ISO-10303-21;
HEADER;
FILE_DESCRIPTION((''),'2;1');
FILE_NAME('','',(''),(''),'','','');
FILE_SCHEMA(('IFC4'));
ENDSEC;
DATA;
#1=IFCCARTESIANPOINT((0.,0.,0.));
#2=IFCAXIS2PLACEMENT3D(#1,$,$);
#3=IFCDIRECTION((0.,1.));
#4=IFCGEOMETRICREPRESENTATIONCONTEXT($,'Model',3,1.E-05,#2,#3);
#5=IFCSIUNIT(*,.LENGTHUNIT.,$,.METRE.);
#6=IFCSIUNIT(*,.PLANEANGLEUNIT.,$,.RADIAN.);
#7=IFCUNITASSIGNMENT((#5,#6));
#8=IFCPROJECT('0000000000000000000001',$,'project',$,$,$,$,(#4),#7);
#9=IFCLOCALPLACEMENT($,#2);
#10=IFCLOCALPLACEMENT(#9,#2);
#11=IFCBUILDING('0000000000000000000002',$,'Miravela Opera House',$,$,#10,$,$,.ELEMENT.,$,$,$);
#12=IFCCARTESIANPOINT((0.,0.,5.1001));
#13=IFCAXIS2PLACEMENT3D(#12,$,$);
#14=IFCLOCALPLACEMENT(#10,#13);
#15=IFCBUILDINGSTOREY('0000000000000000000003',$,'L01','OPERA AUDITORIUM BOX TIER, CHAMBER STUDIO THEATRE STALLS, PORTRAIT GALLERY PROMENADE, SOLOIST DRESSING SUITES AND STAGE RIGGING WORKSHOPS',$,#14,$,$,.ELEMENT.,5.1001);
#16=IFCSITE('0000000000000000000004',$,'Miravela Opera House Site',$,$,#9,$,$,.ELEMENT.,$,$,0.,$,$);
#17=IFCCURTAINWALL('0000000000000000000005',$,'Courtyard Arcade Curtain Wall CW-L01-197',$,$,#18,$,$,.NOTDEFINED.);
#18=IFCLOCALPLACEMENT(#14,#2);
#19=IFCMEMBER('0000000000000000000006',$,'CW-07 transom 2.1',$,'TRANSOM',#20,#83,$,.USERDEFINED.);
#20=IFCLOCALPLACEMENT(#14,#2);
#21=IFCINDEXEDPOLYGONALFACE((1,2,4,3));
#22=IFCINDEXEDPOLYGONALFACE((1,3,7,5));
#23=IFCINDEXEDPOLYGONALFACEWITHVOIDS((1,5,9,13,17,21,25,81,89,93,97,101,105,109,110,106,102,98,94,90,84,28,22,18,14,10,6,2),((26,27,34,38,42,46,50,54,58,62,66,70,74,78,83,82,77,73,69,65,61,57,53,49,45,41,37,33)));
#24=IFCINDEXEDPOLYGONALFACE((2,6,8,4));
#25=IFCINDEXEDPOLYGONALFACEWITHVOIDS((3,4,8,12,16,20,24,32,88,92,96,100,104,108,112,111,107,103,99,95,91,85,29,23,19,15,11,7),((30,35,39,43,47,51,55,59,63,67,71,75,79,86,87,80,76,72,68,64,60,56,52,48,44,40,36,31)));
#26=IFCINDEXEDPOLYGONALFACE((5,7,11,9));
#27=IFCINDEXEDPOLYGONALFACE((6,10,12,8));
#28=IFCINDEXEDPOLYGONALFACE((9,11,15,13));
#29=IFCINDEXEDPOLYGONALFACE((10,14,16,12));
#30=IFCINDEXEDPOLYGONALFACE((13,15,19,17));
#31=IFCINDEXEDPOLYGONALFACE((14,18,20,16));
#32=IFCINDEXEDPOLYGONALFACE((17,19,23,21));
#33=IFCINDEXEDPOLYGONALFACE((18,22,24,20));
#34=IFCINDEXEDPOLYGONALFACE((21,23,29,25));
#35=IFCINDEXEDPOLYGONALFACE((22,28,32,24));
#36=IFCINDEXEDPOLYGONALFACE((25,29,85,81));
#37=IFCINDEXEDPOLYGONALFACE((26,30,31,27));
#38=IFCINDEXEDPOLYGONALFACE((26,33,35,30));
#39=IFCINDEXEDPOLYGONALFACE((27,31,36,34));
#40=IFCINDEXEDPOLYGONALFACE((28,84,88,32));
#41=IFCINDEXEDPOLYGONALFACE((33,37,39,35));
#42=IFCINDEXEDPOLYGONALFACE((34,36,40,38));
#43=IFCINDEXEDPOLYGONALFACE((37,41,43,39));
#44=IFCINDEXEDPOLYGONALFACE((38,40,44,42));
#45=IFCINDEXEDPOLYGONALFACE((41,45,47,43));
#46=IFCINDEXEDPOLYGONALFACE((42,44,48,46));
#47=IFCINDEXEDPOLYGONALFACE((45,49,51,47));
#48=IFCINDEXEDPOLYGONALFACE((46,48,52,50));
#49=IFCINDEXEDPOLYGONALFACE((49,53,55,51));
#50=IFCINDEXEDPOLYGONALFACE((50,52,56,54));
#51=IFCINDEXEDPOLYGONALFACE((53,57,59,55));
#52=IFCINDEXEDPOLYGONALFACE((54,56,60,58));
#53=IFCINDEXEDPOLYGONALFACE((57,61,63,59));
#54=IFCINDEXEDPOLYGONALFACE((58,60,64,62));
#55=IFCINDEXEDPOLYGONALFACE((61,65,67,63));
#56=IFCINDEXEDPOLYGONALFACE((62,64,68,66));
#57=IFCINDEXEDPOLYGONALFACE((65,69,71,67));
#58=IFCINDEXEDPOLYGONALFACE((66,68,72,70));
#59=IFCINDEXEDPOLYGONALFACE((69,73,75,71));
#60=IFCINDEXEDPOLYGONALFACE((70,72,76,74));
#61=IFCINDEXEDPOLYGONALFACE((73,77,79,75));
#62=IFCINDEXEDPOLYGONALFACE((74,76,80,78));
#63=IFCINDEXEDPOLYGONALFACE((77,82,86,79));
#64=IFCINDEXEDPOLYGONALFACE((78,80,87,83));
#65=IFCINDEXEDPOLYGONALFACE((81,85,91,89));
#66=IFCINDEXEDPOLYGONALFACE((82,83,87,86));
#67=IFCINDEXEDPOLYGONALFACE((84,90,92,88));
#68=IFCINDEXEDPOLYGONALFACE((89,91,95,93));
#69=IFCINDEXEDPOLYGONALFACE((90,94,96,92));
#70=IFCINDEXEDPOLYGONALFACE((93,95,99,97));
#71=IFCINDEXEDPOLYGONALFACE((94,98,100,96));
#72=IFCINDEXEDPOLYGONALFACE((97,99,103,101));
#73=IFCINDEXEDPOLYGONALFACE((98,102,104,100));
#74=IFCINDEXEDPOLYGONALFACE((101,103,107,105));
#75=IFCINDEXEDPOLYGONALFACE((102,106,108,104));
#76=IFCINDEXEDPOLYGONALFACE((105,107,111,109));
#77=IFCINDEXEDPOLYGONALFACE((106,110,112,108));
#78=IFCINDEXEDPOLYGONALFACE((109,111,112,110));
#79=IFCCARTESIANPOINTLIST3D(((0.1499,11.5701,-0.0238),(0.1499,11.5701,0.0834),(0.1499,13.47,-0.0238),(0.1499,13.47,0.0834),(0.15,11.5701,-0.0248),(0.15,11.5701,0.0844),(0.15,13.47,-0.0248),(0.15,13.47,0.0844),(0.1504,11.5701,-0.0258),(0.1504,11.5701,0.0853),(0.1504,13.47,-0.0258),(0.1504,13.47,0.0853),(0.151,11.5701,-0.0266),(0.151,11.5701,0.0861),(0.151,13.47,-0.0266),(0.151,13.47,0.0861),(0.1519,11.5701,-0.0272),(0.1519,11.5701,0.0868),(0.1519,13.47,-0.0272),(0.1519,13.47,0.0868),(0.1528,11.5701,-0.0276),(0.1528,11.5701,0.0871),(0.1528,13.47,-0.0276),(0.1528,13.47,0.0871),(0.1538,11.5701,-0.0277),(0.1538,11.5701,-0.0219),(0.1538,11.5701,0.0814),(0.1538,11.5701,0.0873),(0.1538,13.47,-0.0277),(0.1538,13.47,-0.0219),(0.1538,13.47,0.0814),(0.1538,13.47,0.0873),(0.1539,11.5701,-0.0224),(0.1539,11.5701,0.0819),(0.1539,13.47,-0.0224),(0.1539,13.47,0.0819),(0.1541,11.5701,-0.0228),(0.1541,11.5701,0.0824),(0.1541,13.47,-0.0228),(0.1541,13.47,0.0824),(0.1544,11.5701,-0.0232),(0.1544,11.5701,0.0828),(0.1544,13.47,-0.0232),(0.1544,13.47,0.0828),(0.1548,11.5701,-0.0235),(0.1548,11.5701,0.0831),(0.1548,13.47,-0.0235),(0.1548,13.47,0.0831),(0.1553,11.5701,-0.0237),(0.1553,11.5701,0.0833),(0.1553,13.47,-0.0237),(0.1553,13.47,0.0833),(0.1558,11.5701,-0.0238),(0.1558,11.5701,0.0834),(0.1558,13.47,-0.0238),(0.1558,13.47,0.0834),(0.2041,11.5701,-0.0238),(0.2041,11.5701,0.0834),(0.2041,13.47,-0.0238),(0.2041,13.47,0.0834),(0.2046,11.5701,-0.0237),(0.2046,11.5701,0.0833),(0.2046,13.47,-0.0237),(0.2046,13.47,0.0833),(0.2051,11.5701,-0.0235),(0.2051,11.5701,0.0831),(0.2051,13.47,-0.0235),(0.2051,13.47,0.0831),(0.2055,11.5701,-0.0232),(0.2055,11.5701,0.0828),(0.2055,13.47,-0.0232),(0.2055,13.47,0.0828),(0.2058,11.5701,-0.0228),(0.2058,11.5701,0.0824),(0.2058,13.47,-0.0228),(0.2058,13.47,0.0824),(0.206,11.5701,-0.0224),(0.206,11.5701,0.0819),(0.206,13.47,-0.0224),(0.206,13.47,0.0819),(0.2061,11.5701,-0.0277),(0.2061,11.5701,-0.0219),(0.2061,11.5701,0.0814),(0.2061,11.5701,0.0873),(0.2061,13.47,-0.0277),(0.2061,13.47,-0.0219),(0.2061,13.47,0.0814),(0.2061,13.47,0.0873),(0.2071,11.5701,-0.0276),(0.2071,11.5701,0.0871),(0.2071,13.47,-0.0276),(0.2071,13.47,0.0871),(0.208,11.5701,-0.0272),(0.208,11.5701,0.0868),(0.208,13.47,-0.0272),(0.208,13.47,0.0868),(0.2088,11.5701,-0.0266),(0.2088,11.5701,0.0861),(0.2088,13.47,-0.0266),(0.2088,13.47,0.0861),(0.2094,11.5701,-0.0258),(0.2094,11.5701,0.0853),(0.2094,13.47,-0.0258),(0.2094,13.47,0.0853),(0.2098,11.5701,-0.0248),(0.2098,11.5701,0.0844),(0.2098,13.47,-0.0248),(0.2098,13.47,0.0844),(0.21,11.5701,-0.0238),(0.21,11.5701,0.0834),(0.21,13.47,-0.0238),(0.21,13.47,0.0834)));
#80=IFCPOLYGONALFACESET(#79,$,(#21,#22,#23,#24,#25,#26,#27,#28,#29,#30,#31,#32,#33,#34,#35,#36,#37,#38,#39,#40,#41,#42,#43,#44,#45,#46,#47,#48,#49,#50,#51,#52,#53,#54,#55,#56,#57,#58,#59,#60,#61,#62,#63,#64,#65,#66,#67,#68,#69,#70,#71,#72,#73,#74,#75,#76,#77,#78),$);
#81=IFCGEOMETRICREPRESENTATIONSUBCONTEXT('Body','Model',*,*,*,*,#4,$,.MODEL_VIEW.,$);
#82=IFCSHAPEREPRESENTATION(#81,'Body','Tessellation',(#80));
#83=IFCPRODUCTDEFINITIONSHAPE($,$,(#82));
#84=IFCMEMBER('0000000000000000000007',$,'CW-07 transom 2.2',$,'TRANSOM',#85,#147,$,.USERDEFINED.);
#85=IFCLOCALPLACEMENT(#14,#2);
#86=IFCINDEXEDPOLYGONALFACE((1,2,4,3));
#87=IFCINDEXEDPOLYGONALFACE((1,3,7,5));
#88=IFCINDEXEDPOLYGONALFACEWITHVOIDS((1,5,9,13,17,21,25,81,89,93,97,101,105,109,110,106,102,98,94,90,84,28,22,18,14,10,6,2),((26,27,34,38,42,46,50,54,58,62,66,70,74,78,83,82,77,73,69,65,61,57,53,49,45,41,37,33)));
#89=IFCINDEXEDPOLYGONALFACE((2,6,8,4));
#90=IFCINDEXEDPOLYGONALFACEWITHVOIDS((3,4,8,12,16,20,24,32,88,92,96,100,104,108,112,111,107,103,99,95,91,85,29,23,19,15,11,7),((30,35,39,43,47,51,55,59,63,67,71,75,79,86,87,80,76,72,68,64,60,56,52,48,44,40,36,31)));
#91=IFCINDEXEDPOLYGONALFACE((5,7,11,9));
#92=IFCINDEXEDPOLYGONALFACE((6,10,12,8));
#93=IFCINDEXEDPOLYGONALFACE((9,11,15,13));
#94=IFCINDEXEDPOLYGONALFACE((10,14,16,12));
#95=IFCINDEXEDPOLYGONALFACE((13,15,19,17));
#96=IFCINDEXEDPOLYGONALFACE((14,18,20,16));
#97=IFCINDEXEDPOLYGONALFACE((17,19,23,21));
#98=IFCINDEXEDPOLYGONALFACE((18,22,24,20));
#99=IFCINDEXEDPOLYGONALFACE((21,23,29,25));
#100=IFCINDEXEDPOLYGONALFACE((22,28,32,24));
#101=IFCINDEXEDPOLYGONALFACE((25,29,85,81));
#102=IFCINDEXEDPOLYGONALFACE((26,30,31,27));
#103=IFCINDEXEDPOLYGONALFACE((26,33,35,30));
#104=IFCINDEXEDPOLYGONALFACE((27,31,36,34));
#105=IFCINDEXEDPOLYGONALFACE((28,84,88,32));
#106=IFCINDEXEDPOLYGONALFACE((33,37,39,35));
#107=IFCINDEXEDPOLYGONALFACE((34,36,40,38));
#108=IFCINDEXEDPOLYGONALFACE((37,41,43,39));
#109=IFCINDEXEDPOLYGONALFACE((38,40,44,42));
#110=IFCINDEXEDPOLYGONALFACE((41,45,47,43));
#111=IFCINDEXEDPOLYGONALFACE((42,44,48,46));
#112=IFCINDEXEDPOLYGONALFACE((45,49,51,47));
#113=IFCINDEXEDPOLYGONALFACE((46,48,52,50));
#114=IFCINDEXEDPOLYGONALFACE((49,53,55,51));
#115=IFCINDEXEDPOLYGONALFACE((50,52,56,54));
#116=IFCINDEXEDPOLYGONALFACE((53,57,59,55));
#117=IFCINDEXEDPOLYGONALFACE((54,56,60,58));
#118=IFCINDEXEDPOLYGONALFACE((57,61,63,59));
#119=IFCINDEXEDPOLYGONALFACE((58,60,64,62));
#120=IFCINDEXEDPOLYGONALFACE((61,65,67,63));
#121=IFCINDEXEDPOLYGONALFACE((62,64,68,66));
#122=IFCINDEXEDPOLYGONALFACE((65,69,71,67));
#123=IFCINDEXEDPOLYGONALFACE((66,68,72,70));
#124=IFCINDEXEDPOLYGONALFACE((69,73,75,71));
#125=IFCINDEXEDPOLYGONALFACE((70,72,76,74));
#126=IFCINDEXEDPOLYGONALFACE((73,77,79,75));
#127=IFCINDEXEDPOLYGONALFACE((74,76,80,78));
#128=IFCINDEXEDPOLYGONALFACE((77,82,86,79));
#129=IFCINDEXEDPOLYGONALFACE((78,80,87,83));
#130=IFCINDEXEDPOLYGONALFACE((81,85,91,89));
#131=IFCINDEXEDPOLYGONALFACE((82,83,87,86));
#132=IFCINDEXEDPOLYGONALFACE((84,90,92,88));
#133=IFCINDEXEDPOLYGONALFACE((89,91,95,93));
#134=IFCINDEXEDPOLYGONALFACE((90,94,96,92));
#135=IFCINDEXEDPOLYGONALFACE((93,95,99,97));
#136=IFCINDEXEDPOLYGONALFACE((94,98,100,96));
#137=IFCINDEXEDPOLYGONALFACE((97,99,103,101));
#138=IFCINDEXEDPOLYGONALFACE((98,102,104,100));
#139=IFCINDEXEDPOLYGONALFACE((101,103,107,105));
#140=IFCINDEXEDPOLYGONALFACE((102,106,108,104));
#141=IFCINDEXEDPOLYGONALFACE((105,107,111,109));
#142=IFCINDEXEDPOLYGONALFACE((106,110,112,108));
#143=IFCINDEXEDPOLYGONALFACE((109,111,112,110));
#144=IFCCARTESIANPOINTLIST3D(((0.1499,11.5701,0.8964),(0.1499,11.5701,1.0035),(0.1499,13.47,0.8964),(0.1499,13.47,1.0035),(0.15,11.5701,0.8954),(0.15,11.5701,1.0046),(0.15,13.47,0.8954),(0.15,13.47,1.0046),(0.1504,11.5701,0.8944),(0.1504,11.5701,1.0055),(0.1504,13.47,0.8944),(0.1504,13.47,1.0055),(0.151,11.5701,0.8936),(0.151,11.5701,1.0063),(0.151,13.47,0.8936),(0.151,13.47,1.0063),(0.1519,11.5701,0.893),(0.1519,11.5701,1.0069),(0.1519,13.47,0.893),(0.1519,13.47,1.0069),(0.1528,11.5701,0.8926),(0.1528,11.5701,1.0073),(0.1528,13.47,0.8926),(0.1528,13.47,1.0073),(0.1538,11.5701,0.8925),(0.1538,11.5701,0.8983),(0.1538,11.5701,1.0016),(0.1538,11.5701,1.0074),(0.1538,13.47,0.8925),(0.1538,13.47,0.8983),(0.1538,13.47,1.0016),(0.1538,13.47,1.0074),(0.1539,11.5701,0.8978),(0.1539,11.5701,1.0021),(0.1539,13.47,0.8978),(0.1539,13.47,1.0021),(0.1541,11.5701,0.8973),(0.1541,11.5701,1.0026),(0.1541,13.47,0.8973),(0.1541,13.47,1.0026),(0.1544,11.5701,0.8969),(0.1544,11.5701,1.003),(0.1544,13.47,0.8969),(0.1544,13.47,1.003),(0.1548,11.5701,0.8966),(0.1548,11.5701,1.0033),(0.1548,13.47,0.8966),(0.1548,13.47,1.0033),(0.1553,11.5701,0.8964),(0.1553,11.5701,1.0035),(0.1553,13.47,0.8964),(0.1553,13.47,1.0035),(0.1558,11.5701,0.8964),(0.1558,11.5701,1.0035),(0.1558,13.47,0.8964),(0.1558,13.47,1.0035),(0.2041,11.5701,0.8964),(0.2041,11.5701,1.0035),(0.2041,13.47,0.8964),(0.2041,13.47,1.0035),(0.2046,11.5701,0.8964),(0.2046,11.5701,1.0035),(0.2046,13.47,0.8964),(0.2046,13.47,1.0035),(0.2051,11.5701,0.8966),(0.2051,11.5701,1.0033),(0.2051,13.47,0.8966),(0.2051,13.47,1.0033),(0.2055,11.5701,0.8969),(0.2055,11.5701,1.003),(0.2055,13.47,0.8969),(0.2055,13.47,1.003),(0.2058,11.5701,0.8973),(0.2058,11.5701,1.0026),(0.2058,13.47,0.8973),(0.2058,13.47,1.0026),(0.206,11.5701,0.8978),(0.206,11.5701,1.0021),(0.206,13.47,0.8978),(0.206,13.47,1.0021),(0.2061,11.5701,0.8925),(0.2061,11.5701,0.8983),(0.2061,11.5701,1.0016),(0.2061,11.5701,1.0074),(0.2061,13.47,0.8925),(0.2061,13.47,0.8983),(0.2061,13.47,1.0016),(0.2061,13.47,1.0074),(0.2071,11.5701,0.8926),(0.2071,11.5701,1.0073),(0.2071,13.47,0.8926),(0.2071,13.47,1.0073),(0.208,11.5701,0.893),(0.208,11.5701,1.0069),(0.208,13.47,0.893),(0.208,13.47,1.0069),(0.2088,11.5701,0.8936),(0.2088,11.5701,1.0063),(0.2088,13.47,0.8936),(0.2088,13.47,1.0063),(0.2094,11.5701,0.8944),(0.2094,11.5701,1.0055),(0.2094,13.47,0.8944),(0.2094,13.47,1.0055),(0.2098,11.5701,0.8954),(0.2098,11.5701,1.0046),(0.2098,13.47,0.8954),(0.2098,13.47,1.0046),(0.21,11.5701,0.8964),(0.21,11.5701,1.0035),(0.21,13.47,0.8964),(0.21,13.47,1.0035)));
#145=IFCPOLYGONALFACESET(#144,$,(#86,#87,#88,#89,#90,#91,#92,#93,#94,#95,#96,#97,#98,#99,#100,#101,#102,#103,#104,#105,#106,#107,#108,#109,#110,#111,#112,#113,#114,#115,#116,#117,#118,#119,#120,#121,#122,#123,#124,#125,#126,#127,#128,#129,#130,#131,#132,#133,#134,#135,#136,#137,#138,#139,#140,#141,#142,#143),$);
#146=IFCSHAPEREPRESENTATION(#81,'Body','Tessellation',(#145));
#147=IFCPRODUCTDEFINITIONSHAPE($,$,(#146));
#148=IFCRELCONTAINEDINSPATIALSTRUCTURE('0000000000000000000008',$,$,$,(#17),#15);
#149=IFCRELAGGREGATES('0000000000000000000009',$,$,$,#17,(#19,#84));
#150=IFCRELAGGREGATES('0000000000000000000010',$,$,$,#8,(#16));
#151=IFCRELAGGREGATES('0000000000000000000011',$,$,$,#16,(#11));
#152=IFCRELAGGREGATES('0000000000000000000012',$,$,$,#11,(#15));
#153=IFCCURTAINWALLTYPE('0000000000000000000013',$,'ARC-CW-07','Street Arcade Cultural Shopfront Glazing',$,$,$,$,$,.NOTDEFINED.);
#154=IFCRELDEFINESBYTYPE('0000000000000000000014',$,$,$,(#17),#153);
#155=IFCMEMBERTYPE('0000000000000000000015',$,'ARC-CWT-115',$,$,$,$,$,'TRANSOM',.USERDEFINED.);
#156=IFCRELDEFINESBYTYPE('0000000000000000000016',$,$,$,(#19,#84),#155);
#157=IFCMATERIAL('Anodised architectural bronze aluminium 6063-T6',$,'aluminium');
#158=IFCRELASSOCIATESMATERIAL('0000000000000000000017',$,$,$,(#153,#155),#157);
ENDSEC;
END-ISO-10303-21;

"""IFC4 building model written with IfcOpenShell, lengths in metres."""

from ifc_helpers import new_model, si_unit, direction, frame, origin, origin_2d, place, context, subcontext, project, spatial, hollow_rectangle, extrude, material, material_profile, profile_set, type_object, element, aggregate, save


model = new_model("IFC4")

# Units and contexts
model_context = context("Model", 3, precision=1e-05, world=origin(), true_north=direction((0.0, 1.0)))
body_context = subcontext(model_context, "Body", "Model", "MODEL_VIEW")
ifc_project = project(units=[si_unit("LENGTHUNIT", "METRE"), si_unit("PLANEANGLEUNIT", "RADIAN")], contexts=[model_context])

# Site, building, storey
site_placement = place(None, origin())
site = spatial("IfcSite", under=ifc_project, at=site_placement, Name="Miravela Opera House Site", CompositionType="ELEMENT", RefElevation=0.0)
building_placement = place(site_placement, origin())
building = spatial("IfcBuilding", under=site, at=building_placement, Name="Miravela Opera House", CompositionType="ELEMENT")
storey_placement = place(building_placement, frame((0.0, 0.0, 5.1001)))
storey = spatial("IfcBuildingStorey", under=building, at=storey_placement, Name="L01", Description="OPERA AUDITORIUM BOX TIER, CHAMBER STUDIO THEATRE STALLS, PORTRAIT GALLERY PROMENADE, SOLOIST DRESSING SUITES AND STAGE RIGGING WORKSHOPS", CompositionType="ELEMENT", Elevation=5.1001)

# Curtain wall, members
ifc_material_1 = material(Name="Anodised architectural bronze aluminium 6063-T6", Category="aluminium")
curtain_wall_type = type_object("IfcCurtainWallType", Name="ARC-CW-07", Description="Street Arcade Cultural Shopfront Glazing", PredefinedType="NOTDEFINED", material=ifc_material_1)
curtain_wall_placement = place(storey_placement, origin())
curtain_wall = element("IfcCurtainWall", 1, at=curtain_wall_placement, inside=storey, type_object=curtain_wall_type, Name="Courtyard Arcade Curtain Wall CW-L01-197", PredefinedType="NOTDEFINED")
ifc_material_profile_1 = material_profile(ifc_material_1, hollow_rectangle(XDim=0.0601, YDim=0.115, WallThickness=0.0039, InnerFilletRadius=0.002, OuterFilletRadius=0.0039, at=origin_2d()), Name="CWT-60X115")
ifc_profile_set_1 = profile_set([ifc_material_profile_1])
member_type_1 = type_object("IfcMemberType", Name="ARC-CWT-115", ElementType="TRANSOM", PredefinedType="USERDEFINED", material=ifc_profile_set_1)
member_1_placement = place(storey_placement, frame((0.1799, 11.5701, 0.0298), z_axis=(0.0, 1.0, 0.0), x_axis=(-1.0, 0.0, 0.0)))
member_1 = element("IfcMember", 2, at=member_1_placement, type_object=member_type_1, Name="CW-07 transom 2.1", ObjectType="TRANSOM", PredefinedType="USERDEFINED", context=body_context, shape_type="SweptSolid", body=[
    extrude(hollow_rectangle(XDim=0.0601, YDim=0.115, WallThickness=0.0039, InnerFilletRadius=0.002, OuterFilletRadius=0.0039, at=origin_2d()), origin(), (0.0, 0.0, 1.0), 1.8999),
])
member_2_placement = place(storey_placement, frame((0.1799, 11.5701, 0.95), z_axis=(0.0, 1.0, 0.0), x_axis=(-1.0, 0.0, 0.0)))
member_2 = element("IfcMember", 3, at=member_2_placement, type_object=member_type_1, Name="CW-07 transom 2.2", ObjectType="TRANSOM", PredefinedType="USERDEFINED", context=body_context, shape_type="SweptSolid", body=[
    extrude(hollow_rectangle(XDim=0.0601, YDim=0.115, WallThickness=0.0039, InnerFilletRadius=0.002, OuterFilletRadius=0.0039, at=origin_2d()), origin(), (0.0, 0.0, 1.0), 1.8999),
])
aggregate(curtain_wall, [member_1, member_2])

save(model, "model.ifc")
